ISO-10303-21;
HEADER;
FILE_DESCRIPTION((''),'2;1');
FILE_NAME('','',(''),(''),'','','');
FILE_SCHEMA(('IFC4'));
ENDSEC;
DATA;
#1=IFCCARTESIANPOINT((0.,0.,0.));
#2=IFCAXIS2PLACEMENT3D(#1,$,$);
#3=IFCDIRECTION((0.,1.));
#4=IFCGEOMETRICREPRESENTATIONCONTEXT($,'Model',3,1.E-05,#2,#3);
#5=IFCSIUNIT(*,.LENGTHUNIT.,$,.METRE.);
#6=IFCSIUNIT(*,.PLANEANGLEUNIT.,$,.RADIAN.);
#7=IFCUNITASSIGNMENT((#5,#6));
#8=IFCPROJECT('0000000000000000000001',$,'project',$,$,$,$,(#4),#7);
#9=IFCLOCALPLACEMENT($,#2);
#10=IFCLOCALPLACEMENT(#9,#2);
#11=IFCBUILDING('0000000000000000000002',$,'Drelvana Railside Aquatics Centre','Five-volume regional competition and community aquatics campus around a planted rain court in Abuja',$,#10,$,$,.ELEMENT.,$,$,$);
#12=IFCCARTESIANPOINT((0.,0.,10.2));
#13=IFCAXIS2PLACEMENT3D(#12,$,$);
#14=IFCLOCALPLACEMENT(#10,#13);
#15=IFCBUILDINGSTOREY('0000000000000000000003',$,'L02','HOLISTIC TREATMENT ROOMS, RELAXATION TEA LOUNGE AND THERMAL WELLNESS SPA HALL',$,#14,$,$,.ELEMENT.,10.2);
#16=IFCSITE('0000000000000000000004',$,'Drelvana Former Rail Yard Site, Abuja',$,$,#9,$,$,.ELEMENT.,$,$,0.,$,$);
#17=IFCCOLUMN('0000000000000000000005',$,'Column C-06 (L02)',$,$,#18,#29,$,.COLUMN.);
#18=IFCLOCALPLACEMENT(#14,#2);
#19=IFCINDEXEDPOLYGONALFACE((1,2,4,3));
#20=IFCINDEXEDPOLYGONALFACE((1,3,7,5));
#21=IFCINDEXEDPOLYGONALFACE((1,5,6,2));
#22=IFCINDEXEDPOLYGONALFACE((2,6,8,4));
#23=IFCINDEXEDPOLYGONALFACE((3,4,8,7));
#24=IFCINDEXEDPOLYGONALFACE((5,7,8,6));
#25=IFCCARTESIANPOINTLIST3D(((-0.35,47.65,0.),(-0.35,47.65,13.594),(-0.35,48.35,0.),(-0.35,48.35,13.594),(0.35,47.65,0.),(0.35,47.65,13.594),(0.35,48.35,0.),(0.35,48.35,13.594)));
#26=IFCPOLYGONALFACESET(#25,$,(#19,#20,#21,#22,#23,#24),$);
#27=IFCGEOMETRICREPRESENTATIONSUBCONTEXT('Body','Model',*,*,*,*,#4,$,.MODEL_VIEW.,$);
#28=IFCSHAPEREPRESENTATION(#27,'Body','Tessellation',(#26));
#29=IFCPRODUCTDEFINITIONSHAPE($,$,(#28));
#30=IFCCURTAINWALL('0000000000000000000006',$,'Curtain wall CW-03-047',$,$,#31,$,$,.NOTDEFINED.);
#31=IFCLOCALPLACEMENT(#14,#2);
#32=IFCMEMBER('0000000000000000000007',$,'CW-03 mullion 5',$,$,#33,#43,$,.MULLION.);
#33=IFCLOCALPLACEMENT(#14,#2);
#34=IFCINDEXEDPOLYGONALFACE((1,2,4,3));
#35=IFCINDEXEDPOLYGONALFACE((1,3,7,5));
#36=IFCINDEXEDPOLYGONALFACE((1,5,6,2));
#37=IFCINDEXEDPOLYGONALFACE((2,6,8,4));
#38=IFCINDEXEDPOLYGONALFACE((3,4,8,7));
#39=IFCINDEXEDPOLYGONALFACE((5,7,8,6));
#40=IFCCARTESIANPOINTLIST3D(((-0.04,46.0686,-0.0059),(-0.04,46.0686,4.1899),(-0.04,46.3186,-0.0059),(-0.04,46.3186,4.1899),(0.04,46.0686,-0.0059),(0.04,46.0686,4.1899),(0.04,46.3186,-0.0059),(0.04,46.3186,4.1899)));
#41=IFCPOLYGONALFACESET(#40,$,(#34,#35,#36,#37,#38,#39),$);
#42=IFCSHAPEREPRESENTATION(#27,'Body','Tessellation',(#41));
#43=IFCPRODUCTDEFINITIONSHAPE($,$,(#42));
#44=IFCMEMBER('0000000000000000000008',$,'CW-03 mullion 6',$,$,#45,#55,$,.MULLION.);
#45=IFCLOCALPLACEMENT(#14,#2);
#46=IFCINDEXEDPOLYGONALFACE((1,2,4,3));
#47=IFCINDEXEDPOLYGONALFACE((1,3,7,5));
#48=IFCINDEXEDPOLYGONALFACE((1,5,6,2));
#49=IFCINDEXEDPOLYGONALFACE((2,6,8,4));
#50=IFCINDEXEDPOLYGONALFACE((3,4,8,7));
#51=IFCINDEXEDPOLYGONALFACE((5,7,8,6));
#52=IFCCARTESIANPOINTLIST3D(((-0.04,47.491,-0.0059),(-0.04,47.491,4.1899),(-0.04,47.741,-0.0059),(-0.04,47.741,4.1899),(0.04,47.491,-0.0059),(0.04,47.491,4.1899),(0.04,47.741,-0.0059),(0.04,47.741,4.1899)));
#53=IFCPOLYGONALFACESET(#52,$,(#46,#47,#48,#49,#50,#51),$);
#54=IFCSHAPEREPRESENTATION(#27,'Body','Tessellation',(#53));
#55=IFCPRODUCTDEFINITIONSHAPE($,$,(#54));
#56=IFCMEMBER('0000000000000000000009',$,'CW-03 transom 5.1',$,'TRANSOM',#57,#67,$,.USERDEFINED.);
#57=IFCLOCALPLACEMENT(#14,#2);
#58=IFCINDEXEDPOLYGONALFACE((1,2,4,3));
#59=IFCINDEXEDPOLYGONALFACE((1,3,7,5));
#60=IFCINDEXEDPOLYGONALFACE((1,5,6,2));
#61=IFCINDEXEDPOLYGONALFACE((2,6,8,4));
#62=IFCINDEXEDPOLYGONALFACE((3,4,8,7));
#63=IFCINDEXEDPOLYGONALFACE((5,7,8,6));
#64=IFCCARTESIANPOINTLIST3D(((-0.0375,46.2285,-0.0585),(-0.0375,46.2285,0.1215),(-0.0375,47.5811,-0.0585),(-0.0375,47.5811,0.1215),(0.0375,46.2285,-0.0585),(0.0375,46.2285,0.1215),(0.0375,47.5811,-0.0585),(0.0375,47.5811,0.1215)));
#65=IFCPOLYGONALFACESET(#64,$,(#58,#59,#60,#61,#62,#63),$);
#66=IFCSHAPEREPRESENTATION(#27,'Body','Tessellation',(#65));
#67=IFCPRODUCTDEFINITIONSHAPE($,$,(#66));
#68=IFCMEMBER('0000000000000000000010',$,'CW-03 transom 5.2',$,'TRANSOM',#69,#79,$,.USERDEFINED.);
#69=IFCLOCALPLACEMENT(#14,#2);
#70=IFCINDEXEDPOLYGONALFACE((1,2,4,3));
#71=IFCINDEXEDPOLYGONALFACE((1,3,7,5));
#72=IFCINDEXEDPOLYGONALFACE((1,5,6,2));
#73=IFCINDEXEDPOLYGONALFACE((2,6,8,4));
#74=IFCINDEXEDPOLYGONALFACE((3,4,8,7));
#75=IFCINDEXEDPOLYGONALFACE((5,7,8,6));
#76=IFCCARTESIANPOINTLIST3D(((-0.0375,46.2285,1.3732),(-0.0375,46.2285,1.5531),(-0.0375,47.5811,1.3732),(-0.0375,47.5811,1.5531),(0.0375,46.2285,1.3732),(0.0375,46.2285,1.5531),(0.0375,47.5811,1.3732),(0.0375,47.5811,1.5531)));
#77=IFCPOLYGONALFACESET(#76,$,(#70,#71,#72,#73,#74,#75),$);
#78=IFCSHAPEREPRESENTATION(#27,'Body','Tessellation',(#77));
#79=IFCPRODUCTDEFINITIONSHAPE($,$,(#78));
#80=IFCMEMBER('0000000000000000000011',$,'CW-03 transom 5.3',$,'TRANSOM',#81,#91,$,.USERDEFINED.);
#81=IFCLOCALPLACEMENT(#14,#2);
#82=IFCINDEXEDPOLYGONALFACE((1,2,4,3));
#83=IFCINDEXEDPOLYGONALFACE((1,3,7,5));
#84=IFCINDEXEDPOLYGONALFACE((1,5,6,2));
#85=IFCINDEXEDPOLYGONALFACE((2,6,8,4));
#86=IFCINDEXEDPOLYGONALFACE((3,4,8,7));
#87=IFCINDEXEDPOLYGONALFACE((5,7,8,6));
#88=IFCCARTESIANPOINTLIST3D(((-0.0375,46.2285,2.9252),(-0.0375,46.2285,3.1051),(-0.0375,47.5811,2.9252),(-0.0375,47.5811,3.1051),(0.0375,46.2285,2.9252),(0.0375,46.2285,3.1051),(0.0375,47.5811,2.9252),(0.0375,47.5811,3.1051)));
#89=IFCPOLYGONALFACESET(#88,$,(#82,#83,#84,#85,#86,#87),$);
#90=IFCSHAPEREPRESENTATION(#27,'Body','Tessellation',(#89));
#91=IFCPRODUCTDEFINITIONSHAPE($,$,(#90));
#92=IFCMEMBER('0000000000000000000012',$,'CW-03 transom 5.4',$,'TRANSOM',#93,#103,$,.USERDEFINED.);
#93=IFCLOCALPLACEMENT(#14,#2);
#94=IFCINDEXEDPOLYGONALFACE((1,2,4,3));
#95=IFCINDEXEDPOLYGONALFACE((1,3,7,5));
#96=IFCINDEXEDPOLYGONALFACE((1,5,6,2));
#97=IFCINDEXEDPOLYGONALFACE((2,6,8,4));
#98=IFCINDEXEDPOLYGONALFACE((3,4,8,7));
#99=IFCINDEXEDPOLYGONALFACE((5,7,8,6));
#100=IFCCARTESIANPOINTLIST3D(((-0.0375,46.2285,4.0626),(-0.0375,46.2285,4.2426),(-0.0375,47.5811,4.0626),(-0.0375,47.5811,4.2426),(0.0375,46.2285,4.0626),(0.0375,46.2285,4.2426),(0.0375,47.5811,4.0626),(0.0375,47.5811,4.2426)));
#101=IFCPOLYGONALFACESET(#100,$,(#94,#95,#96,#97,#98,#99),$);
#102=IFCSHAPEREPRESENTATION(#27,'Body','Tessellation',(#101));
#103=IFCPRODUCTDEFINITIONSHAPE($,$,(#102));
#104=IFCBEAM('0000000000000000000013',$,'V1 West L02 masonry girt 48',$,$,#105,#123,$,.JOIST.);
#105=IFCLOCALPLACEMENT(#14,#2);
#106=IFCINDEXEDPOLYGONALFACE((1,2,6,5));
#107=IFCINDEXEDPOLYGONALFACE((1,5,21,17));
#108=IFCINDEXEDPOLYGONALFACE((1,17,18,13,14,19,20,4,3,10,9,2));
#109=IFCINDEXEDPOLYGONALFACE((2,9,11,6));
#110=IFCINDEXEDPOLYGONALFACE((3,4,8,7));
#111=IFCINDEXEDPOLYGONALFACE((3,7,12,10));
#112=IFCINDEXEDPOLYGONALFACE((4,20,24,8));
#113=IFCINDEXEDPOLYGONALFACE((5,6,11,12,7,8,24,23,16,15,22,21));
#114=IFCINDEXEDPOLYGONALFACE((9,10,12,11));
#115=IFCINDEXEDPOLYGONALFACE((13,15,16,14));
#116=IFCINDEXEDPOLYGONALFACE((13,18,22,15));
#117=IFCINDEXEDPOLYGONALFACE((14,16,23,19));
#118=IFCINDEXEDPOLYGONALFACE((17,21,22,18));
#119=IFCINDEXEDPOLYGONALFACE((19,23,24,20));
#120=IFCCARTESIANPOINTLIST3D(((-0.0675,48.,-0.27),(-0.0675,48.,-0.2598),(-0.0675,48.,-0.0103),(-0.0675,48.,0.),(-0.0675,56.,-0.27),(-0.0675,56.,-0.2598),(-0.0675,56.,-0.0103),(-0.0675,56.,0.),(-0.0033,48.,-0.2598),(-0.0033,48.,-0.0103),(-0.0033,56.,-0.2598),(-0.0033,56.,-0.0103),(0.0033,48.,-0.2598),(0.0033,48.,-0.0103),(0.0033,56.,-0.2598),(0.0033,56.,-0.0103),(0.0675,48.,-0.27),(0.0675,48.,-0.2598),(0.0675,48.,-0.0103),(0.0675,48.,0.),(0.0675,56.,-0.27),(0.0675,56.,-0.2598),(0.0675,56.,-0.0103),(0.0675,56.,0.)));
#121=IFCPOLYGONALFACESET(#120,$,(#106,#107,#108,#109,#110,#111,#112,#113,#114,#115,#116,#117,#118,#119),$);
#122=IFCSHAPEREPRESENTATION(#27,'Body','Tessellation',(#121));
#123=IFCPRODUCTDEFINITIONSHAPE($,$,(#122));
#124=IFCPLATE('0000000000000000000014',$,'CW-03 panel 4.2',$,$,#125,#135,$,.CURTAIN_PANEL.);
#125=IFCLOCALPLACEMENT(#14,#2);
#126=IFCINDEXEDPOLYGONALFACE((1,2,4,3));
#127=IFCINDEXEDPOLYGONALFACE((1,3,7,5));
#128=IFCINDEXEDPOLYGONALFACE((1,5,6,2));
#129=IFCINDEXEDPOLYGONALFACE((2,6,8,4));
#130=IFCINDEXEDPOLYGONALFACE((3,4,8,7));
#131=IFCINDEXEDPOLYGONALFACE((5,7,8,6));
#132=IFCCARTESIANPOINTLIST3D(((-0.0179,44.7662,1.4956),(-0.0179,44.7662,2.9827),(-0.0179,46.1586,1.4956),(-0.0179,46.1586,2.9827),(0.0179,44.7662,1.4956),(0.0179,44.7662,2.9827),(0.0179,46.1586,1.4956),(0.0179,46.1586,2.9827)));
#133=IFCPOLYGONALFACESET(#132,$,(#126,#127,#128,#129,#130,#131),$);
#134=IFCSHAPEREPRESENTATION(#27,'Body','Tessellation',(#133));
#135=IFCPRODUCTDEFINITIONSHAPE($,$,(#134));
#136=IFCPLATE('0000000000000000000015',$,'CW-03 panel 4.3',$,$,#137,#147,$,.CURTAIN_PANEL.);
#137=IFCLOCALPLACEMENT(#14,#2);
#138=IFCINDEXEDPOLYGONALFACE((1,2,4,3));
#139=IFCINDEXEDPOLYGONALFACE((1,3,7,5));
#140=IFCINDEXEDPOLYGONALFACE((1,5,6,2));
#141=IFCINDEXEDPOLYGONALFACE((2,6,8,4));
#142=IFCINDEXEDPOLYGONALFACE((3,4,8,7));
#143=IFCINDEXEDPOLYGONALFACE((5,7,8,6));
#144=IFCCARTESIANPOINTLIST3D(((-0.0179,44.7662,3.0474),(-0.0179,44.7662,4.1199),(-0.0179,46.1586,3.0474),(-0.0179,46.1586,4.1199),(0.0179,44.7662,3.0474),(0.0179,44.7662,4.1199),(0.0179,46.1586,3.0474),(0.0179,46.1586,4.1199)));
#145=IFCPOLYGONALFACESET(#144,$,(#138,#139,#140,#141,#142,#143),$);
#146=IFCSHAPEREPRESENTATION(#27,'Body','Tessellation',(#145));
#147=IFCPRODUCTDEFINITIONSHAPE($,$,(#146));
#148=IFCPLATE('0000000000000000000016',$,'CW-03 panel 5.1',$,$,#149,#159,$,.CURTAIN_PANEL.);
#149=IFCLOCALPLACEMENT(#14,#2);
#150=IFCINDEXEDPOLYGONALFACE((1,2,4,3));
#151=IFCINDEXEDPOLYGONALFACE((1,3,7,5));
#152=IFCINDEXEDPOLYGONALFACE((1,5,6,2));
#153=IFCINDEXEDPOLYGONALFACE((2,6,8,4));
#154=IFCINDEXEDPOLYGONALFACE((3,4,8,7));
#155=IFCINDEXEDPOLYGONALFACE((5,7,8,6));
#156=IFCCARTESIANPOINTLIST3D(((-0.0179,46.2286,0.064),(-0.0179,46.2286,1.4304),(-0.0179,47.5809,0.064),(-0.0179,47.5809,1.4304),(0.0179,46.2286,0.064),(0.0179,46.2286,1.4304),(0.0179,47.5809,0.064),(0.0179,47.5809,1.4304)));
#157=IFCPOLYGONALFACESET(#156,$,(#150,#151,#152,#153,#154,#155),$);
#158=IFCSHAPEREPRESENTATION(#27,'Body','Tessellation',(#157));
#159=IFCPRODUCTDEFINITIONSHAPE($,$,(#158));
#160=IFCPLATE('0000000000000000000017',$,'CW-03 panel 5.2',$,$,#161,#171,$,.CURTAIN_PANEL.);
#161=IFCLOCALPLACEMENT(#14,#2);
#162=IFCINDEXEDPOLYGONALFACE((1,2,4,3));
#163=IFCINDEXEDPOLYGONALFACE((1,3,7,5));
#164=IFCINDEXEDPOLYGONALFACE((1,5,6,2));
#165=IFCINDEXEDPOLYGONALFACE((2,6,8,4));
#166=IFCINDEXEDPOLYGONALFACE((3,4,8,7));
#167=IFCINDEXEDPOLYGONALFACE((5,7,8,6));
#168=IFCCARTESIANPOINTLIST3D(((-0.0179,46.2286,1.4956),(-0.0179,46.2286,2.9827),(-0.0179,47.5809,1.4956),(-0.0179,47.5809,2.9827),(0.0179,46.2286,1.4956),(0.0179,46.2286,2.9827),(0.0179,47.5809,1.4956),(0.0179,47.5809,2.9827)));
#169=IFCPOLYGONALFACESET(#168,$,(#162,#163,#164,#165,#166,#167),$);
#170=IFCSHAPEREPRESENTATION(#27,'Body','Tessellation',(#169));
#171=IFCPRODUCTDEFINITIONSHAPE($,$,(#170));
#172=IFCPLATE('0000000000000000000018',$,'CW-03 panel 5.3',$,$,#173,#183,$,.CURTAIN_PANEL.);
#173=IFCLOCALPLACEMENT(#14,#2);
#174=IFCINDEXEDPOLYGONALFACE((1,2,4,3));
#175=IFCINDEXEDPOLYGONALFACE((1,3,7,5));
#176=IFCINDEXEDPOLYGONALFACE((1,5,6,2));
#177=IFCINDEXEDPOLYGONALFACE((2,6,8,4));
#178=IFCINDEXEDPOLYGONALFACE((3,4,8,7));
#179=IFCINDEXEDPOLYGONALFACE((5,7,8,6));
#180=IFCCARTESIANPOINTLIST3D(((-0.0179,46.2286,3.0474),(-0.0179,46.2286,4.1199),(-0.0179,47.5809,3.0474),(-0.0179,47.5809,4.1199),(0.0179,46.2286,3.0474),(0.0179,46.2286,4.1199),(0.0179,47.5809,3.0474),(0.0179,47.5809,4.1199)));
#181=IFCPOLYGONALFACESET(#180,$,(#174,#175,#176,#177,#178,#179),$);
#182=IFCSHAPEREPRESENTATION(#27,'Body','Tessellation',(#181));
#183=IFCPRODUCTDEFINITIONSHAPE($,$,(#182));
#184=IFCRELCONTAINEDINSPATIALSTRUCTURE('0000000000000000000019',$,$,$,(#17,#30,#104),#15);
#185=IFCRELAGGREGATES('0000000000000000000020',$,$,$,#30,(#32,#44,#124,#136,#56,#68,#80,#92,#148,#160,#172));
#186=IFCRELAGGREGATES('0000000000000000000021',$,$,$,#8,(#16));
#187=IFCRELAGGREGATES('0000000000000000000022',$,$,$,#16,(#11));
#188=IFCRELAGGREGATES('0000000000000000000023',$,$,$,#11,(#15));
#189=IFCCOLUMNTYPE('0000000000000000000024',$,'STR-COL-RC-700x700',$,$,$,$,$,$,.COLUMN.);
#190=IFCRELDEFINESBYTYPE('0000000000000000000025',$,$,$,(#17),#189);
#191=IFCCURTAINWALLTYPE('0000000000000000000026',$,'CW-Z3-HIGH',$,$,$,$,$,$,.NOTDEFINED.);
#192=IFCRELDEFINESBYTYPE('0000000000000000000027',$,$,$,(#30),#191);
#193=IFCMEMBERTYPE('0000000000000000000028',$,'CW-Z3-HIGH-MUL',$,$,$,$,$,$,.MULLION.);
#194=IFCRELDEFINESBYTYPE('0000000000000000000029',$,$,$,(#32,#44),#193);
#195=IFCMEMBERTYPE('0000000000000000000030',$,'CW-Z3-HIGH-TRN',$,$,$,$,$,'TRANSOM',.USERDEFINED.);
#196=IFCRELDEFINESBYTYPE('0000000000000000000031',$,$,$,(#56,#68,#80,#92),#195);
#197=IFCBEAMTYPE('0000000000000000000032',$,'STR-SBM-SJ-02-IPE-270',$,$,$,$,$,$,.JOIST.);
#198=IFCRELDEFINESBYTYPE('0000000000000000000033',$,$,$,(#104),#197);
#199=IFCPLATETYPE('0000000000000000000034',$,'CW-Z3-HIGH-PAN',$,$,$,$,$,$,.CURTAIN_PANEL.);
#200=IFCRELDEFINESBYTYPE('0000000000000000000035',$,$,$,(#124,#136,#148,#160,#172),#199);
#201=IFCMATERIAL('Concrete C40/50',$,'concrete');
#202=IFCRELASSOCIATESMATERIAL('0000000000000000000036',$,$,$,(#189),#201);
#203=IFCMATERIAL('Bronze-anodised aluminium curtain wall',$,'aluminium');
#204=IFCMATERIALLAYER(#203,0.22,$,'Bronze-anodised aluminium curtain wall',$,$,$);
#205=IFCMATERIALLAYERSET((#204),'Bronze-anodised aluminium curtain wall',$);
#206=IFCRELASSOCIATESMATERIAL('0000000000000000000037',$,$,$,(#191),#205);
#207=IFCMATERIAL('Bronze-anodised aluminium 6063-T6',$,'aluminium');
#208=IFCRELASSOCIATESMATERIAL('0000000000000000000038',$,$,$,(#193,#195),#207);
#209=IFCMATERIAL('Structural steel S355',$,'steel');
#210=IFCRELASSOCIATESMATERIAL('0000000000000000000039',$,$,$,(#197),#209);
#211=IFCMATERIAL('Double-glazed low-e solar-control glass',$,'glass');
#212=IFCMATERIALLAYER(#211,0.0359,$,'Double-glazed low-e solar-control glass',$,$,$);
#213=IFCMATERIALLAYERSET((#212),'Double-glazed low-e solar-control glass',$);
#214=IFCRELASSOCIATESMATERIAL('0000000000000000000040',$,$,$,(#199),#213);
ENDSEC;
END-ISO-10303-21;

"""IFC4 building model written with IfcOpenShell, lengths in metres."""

from ifc_helpers import new_model, si_unit, direction, frame, origin, origin_2d, place, context, subcontext, project, spatial, rectangle, i_section, extrude, material, layer, layer_set, material_profile, profile_set, type_object, element, aggregate, save


model = new_model("IFC4")

# Units and contexts
model_context = context("Model", 3, precision=1e-05, world=origin(), true_north=direction((0.0, 1.0)))
body_context = subcontext(model_context, "Body", "Model", "MODEL_VIEW")
ifc_project = project(units=[si_unit("LENGTHUNIT", "METRE"), si_unit("PLANEANGLEUNIT", "RADIAN")], contexts=[model_context])

# Site, building, storey
site_placement = place(None, origin())
site = spatial("IfcSite", under=ifc_project, at=site_placement, Name="Drelvana Former Rail Yard Site, Abuja", CompositionType="ELEMENT", RefElevation=0.0)
building_placement = place(site_placement, origin())
building = spatial("IfcBuilding", under=site, at=building_placement, Name="Drelvana Railside Aquatics Centre", Description="Five-volume regional competition and community aquatics campus around a planted rain court in Abuja", CompositionType="ELEMENT")
storey_placement = place(building_placement, frame((0.0, 0.0, 10.2)))
storey = spatial("IfcBuildingStorey", under=building, at=storey_placement, Name="L02", Description="HOLISTIC TREATMENT ROOMS, RELAXATION TEA LOUNGE AND THERMAL WELLNESS SPA HALL", CompositionType="ELEMENT", Elevation=10.2)

# Column
ifc_material_1 = material(Name="Concrete C40/50", Category="concrete")
ifc_material_profile_1 = material_profile(ifc_material_1, rectangle(XDim=0.7, YDim=0.7, at=origin_2d()), Name="RC 700x700")
ifc_profile_set_1 = profile_set([ifc_material_profile_1], Name="Concrete C40/50")
column_type = type_object("IfcColumnType", Name="STR-COL-RC-700x700", PredefinedType="COLUMN", material=ifc_profile_set_1)
column_placement = place(storey_placement, frame((0.0, 48.0, 0.0), z_axis=(0.0, 0.0, 1.0), x_axis=(1.0, 0.0, 0.0)))
element("IfcColumn", 1, at=column_placement, inside=storey, type_object=column_type, Name="Column C-06 (L02)", PredefinedType="COLUMN", context=body_context, shape_type="SweptSolid", body=[
    extrude(rectangle(XDim=0.7, YDim=0.7, at=origin_2d()), origin(), (0.0, 0.0, 1.0), 13.594),
])

# Curtain wall, members
ifc_material_2 = material(Name="Bronze-anodised aluminium curtain wall", Category="aluminium")
ifc_layer_1 = layer(ifc_material_2, 0.22, Name="Bronze-anodised aluminium curtain wall")
ifc_layer_set_1 = layer_set([ifc_layer_1], Name="Bronze-anodised aluminium curtain wall")
curtain_wall_type = type_object("IfcCurtainWallType", Name="CW-Z3-HIGH", PredefinedType="NOTDEFINED", material=ifc_layer_set_1)
curtain_wall_placement = place(storey_placement, origin())
curtain_wall = element("IfcCurtainWall", 2, at=curtain_wall_placement, inside=storey, type_object=curtain_wall_type, Name="Curtain wall CW-03-047", PredefinedType="NOTDEFINED")
ifc_material_3 = material(Name="Bronze-anodised aluminium 6063-T6", Category="aluminium")
ifc_material_profile_2 = material_profile(ifc_material_3, rectangle(XDim=0.0801, YDim=0.25, at=origin_2d()), Name="ALU-M 80x250")
ifc_profile_set_2 = profile_set([ifc_material_profile_2], Name="Bronze-anodised aluminium 6063-T6")
member_type_1 = type_object("IfcMemberType", Name="CW-Z3-HIGH-MUL", PredefinedType="MULLION", material=ifc_profile_set_2)
member_1_placement = place(storey_placement, frame((0.0, 46.1936, -0.0059), z_axis=(0.0, 0.0, 1.0), x_axis=(-1.0, 0.0, 0.0)))
member_1 = element("IfcMember", 3, at=member_1_placement, type_object=member_type_1, Name="CW-03 mullion 5", PredefinedType="MULLION", context=body_context, shape_type="SweptSolid", body=[
    extrude(rectangle(XDim=0.0801, YDim=0.25, at=origin_2d()), origin(), (0.0, 0.0, 1.0), 4.1958),
])
member_2_placement = place(storey_placement, frame((0.0, 47.616, -0.0059), z_axis=(0.0, 0.0, 1.0), x_axis=(-1.0, 0.0, 0.0)))
member_2 = element("IfcMember", 4, at=member_2_placement, type_object=member_type_1, Name="CW-03 mullion 6", PredefinedType="MULLION", context=body_context, shape_type="SweptSolid", body=[
    extrude(rectangle(XDim=0.0801, YDim=0.25, at=origin_2d()), origin(), (0.0, 0.0, 1.0), 4.1958),
])
ifc_material_profile_3 = material_profile(ifc_material_3, rectangle(XDim=0.1799, YDim=0.075, at=origin_2d()), Name="ALU-T 75x180")
ifc_profile_set_3 = profile_set([ifc_material_profile_3], Name="Bronze-anodised aluminium 6063-T6")
member_type_2 = type_object("IfcMemberType", Name="CW-Z3-HIGH-TRN", ElementType="TRANSOM", PredefinedType="USERDEFINED", material=ifc_profile_set_3)
member_3_placement = place(storey_placement, frame((0.0, 46.2285, 0.0315), z_axis=(0.0, 1.0, 0.0), x_axis=(0.0, 0.0, 1.0)))
member_3 = element("IfcMember", 5, at=member_3_placement, type_object=member_type_2, Name="CW-03 transom 5.1", ObjectType="TRANSOM", PredefinedType="USERDEFINED", context=body_context, shape_type="SweptSolid", body=[
    extrude(rectangle(XDim=0.1799, YDim=0.075, at=origin_2d()), origin(), (0.0, 0.0, 1.0), 1.3525),
])
member_4_placement = place(storey_placement, frame((0.0, 46.2285, 1.4631), z_axis=(0.0, 1.0, 0.0), x_axis=(0.0, 0.0, 1.0)))
member_4 = element("IfcMember", 6, at=member_4_placement, type_object=member_type_2, Name="CW-03 transom 5.2", ObjectType="TRANSOM", PredefinedType="USERDEFINED", context=body_context, shape_type="SweptSolid", body=[
    extrude(rectangle(XDim=0.1799, YDim=0.075, at=origin_2d()), origin(), (0.0, 0.0, 1.0), 1.3525),
])
member_5_placement = place(storey_placement, frame((0.0, 46.2285, 3.0151), z_axis=(0.0, 1.0, 0.0), x_axis=(0.0, 0.0, 1.0)))
member_5 = element("IfcMember", 7, at=member_5_placement, type_object=member_type_2, Name="CW-03 transom 5.3", ObjectType="TRANSOM", PredefinedType="USERDEFINED", context=body_context, shape_type="SweptSolid", body=[
    extrude(rectangle(XDim=0.1799, YDim=0.075, at=origin_2d()), origin(), (0.0, 0.0, 1.0), 1.3525),
])
member_6_placement = place(storey_placement, frame((0.0, 46.2285, 4.1526), z_axis=(0.0, 1.0, 0.0), x_axis=(0.0, 0.0, 1.0)))
member_6 = element("IfcMember", 8, at=member_6_placement, type_object=member_type_2, Name="CW-03 transom 5.4", ObjectType="TRANSOM", PredefinedType="USERDEFINED", context=body_context, shape_type="SweptSolid", body=[
    extrude(rectangle(XDim=0.1799, YDim=0.075, at=origin_2d()), origin(), (0.0, 0.0, 1.0), 1.3525),
])

# Beam
ifc_material_4 = material(Name="Structural steel S355", Category="steel")
ifc_material_profile_4 = material_profile(ifc_material_4, i_section(OverallWidth=0.135, OverallDepth=0.27, WebThickness=0.0066, FlangeThickness=0.0103, at=origin_2d()), Name="IPE 270")
ifc_profile_set_4 = profile_set([ifc_material_profile_4], Name="Structural steel S355")
beam_type = type_object("IfcBeamType", Name="STR-SBM-SJ-02-IPE-270", PredefinedType="JOIST", material=ifc_profile_set_4)
beam_placement = place(storey_placement, frame((0.0, 48.0, -0.135), z_axis=(0.0, 1.0, 0.0), x_axis=(-1.0, 0.0, 0.0)))
element("IfcBeam", 9, at=beam_placement, inside=storey, type_object=beam_type, Name="V1 West L02 masonry girt 48", PredefinedType="JOIST", context=body_context, shape_type="SweptSolid", body=[
    extrude(i_section(OverallWidth=0.135, OverallDepth=0.27, WebThickness=0.0066, FlangeThickness=0.0103, at=origin_2d()), origin(), (0.0, 0.0, 1.0), 8.0),
])

# Plates
ifc_material_5 = material(Name="Double-glazed low-e solar-control glass", Category="glass")
ifc_layer_2 = layer(ifc_material_5, 0.0359, Name="Double-glazed low-e solar-control glass")
ifc_layer_set_2 = layer_set([ifc_layer_2], Name="Double-glazed low-e solar-control glass")
plate_type = type_object("IfcPlateType", Name="CW-Z3-HIGH-PAN", PredefinedType="CURTAIN_PANEL", material=ifc_layer_set_2)
plate_1_placement = place(storey_placement, frame((0.0, 45.4624, 1.4956), z_axis=(0.0, 0.0, 1.0), x_axis=(0.0, 1.0, 0.0)))
plate_1 = element("IfcPlate", 10, at=plate_1_placement, type_object=plate_type, Name="CW-03 panel 4.2", PredefinedType="CURTAIN_PANEL", context=body_context, shape_type="SweptSolid", body=[
    extrude(rectangle(XDim=1.3923, YDim=0.0359, at=origin_2d()), origin(), (0.0, 0.0, 1.0), 1.4871),
])
plate_2_placement = place(storey_placement, frame((0.0, 45.4624, 3.0474), z_axis=(0.0, 0.0, 1.0), x_axis=(0.0, 1.0, 0.0)))
plate_2 = element("IfcPlate", 11, at=plate_2_placement, type_object=plate_type, Name="CW-03 panel 4.3", PredefinedType="CURTAIN_PANEL", context=body_context, shape_type="SweptSolid", body=[
    extrude(rectangle(XDim=1.3923, YDim=0.0359, at=origin_2d()), origin(), (0.0, 0.0, 1.0), 1.0725),
])
plate_3_placement = place(storey_placement, frame((0.0, 46.9048, 0.064), z_axis=(0.0, 0.0, 1.0), x_axis=(0.0, 1.0, 0.0)))
plate_3 = element("IfcPlate", 12, at=plate_3_placement, type_object=plate_type, Name="CW-03 panel 5.1", PredefinedType="CURTAIN_PANEL", context=body_context, shape_type="SweptSolid", body=[
    extrude(rectangle(XDim=1.3523, YDim=0.0359, at=origin_2d()), origin(), (0.0, 0.0, 1.0), 1.3665),
])
plate_4_placement = place(storey_placement, frame((0.0, 46.9048, 1.4956), z_axis=(0.0, 0.0, 1.0), x_axis=(0.0, 1.0, 0.0)))
plate_4 = element("IfcPlate", 13, at=plate_4_placement, type_object=plate_type, Name="CW-03 panel 5.2", PredefinedType="CURTAIN_PANEL", context=body_context, shape_type="SweptSolid", body=[
    extrude(rectangle(XDim=1.3523, YDim=0.0359, at=origin_2d()), origin(), (0.0, 0.0, 1.0), 1.4871),
])
plate_5_placement = place(storey_placement, frame((0.0, 46.9048, 3.0474), z_axis=(0.0, 0.0, 1.0), x_axis=(0.0, 1.0, 0.0)))
plate_5 = element("IfcPlate", 14, at=plate_5_placement, type_object=plate_type, Name="CW-03 panel 5.3", PredefinedType="CURTAIN_PANEL", context=body_context, shape_type="SweptSolid", body=[
    extrude(rectangle(XDim=1.3523, YDim=0.0359, at=origin_2d()), origin(), (0.0, 0.0, 1.0), 1.0725),
])
aggregate(curtain_wall, [member_1, member_2, plate_1, plate_2, member_3, member_4, member_5, member_6, plate_3, plate_4, plate_5])

save(model, "model.ifc")
